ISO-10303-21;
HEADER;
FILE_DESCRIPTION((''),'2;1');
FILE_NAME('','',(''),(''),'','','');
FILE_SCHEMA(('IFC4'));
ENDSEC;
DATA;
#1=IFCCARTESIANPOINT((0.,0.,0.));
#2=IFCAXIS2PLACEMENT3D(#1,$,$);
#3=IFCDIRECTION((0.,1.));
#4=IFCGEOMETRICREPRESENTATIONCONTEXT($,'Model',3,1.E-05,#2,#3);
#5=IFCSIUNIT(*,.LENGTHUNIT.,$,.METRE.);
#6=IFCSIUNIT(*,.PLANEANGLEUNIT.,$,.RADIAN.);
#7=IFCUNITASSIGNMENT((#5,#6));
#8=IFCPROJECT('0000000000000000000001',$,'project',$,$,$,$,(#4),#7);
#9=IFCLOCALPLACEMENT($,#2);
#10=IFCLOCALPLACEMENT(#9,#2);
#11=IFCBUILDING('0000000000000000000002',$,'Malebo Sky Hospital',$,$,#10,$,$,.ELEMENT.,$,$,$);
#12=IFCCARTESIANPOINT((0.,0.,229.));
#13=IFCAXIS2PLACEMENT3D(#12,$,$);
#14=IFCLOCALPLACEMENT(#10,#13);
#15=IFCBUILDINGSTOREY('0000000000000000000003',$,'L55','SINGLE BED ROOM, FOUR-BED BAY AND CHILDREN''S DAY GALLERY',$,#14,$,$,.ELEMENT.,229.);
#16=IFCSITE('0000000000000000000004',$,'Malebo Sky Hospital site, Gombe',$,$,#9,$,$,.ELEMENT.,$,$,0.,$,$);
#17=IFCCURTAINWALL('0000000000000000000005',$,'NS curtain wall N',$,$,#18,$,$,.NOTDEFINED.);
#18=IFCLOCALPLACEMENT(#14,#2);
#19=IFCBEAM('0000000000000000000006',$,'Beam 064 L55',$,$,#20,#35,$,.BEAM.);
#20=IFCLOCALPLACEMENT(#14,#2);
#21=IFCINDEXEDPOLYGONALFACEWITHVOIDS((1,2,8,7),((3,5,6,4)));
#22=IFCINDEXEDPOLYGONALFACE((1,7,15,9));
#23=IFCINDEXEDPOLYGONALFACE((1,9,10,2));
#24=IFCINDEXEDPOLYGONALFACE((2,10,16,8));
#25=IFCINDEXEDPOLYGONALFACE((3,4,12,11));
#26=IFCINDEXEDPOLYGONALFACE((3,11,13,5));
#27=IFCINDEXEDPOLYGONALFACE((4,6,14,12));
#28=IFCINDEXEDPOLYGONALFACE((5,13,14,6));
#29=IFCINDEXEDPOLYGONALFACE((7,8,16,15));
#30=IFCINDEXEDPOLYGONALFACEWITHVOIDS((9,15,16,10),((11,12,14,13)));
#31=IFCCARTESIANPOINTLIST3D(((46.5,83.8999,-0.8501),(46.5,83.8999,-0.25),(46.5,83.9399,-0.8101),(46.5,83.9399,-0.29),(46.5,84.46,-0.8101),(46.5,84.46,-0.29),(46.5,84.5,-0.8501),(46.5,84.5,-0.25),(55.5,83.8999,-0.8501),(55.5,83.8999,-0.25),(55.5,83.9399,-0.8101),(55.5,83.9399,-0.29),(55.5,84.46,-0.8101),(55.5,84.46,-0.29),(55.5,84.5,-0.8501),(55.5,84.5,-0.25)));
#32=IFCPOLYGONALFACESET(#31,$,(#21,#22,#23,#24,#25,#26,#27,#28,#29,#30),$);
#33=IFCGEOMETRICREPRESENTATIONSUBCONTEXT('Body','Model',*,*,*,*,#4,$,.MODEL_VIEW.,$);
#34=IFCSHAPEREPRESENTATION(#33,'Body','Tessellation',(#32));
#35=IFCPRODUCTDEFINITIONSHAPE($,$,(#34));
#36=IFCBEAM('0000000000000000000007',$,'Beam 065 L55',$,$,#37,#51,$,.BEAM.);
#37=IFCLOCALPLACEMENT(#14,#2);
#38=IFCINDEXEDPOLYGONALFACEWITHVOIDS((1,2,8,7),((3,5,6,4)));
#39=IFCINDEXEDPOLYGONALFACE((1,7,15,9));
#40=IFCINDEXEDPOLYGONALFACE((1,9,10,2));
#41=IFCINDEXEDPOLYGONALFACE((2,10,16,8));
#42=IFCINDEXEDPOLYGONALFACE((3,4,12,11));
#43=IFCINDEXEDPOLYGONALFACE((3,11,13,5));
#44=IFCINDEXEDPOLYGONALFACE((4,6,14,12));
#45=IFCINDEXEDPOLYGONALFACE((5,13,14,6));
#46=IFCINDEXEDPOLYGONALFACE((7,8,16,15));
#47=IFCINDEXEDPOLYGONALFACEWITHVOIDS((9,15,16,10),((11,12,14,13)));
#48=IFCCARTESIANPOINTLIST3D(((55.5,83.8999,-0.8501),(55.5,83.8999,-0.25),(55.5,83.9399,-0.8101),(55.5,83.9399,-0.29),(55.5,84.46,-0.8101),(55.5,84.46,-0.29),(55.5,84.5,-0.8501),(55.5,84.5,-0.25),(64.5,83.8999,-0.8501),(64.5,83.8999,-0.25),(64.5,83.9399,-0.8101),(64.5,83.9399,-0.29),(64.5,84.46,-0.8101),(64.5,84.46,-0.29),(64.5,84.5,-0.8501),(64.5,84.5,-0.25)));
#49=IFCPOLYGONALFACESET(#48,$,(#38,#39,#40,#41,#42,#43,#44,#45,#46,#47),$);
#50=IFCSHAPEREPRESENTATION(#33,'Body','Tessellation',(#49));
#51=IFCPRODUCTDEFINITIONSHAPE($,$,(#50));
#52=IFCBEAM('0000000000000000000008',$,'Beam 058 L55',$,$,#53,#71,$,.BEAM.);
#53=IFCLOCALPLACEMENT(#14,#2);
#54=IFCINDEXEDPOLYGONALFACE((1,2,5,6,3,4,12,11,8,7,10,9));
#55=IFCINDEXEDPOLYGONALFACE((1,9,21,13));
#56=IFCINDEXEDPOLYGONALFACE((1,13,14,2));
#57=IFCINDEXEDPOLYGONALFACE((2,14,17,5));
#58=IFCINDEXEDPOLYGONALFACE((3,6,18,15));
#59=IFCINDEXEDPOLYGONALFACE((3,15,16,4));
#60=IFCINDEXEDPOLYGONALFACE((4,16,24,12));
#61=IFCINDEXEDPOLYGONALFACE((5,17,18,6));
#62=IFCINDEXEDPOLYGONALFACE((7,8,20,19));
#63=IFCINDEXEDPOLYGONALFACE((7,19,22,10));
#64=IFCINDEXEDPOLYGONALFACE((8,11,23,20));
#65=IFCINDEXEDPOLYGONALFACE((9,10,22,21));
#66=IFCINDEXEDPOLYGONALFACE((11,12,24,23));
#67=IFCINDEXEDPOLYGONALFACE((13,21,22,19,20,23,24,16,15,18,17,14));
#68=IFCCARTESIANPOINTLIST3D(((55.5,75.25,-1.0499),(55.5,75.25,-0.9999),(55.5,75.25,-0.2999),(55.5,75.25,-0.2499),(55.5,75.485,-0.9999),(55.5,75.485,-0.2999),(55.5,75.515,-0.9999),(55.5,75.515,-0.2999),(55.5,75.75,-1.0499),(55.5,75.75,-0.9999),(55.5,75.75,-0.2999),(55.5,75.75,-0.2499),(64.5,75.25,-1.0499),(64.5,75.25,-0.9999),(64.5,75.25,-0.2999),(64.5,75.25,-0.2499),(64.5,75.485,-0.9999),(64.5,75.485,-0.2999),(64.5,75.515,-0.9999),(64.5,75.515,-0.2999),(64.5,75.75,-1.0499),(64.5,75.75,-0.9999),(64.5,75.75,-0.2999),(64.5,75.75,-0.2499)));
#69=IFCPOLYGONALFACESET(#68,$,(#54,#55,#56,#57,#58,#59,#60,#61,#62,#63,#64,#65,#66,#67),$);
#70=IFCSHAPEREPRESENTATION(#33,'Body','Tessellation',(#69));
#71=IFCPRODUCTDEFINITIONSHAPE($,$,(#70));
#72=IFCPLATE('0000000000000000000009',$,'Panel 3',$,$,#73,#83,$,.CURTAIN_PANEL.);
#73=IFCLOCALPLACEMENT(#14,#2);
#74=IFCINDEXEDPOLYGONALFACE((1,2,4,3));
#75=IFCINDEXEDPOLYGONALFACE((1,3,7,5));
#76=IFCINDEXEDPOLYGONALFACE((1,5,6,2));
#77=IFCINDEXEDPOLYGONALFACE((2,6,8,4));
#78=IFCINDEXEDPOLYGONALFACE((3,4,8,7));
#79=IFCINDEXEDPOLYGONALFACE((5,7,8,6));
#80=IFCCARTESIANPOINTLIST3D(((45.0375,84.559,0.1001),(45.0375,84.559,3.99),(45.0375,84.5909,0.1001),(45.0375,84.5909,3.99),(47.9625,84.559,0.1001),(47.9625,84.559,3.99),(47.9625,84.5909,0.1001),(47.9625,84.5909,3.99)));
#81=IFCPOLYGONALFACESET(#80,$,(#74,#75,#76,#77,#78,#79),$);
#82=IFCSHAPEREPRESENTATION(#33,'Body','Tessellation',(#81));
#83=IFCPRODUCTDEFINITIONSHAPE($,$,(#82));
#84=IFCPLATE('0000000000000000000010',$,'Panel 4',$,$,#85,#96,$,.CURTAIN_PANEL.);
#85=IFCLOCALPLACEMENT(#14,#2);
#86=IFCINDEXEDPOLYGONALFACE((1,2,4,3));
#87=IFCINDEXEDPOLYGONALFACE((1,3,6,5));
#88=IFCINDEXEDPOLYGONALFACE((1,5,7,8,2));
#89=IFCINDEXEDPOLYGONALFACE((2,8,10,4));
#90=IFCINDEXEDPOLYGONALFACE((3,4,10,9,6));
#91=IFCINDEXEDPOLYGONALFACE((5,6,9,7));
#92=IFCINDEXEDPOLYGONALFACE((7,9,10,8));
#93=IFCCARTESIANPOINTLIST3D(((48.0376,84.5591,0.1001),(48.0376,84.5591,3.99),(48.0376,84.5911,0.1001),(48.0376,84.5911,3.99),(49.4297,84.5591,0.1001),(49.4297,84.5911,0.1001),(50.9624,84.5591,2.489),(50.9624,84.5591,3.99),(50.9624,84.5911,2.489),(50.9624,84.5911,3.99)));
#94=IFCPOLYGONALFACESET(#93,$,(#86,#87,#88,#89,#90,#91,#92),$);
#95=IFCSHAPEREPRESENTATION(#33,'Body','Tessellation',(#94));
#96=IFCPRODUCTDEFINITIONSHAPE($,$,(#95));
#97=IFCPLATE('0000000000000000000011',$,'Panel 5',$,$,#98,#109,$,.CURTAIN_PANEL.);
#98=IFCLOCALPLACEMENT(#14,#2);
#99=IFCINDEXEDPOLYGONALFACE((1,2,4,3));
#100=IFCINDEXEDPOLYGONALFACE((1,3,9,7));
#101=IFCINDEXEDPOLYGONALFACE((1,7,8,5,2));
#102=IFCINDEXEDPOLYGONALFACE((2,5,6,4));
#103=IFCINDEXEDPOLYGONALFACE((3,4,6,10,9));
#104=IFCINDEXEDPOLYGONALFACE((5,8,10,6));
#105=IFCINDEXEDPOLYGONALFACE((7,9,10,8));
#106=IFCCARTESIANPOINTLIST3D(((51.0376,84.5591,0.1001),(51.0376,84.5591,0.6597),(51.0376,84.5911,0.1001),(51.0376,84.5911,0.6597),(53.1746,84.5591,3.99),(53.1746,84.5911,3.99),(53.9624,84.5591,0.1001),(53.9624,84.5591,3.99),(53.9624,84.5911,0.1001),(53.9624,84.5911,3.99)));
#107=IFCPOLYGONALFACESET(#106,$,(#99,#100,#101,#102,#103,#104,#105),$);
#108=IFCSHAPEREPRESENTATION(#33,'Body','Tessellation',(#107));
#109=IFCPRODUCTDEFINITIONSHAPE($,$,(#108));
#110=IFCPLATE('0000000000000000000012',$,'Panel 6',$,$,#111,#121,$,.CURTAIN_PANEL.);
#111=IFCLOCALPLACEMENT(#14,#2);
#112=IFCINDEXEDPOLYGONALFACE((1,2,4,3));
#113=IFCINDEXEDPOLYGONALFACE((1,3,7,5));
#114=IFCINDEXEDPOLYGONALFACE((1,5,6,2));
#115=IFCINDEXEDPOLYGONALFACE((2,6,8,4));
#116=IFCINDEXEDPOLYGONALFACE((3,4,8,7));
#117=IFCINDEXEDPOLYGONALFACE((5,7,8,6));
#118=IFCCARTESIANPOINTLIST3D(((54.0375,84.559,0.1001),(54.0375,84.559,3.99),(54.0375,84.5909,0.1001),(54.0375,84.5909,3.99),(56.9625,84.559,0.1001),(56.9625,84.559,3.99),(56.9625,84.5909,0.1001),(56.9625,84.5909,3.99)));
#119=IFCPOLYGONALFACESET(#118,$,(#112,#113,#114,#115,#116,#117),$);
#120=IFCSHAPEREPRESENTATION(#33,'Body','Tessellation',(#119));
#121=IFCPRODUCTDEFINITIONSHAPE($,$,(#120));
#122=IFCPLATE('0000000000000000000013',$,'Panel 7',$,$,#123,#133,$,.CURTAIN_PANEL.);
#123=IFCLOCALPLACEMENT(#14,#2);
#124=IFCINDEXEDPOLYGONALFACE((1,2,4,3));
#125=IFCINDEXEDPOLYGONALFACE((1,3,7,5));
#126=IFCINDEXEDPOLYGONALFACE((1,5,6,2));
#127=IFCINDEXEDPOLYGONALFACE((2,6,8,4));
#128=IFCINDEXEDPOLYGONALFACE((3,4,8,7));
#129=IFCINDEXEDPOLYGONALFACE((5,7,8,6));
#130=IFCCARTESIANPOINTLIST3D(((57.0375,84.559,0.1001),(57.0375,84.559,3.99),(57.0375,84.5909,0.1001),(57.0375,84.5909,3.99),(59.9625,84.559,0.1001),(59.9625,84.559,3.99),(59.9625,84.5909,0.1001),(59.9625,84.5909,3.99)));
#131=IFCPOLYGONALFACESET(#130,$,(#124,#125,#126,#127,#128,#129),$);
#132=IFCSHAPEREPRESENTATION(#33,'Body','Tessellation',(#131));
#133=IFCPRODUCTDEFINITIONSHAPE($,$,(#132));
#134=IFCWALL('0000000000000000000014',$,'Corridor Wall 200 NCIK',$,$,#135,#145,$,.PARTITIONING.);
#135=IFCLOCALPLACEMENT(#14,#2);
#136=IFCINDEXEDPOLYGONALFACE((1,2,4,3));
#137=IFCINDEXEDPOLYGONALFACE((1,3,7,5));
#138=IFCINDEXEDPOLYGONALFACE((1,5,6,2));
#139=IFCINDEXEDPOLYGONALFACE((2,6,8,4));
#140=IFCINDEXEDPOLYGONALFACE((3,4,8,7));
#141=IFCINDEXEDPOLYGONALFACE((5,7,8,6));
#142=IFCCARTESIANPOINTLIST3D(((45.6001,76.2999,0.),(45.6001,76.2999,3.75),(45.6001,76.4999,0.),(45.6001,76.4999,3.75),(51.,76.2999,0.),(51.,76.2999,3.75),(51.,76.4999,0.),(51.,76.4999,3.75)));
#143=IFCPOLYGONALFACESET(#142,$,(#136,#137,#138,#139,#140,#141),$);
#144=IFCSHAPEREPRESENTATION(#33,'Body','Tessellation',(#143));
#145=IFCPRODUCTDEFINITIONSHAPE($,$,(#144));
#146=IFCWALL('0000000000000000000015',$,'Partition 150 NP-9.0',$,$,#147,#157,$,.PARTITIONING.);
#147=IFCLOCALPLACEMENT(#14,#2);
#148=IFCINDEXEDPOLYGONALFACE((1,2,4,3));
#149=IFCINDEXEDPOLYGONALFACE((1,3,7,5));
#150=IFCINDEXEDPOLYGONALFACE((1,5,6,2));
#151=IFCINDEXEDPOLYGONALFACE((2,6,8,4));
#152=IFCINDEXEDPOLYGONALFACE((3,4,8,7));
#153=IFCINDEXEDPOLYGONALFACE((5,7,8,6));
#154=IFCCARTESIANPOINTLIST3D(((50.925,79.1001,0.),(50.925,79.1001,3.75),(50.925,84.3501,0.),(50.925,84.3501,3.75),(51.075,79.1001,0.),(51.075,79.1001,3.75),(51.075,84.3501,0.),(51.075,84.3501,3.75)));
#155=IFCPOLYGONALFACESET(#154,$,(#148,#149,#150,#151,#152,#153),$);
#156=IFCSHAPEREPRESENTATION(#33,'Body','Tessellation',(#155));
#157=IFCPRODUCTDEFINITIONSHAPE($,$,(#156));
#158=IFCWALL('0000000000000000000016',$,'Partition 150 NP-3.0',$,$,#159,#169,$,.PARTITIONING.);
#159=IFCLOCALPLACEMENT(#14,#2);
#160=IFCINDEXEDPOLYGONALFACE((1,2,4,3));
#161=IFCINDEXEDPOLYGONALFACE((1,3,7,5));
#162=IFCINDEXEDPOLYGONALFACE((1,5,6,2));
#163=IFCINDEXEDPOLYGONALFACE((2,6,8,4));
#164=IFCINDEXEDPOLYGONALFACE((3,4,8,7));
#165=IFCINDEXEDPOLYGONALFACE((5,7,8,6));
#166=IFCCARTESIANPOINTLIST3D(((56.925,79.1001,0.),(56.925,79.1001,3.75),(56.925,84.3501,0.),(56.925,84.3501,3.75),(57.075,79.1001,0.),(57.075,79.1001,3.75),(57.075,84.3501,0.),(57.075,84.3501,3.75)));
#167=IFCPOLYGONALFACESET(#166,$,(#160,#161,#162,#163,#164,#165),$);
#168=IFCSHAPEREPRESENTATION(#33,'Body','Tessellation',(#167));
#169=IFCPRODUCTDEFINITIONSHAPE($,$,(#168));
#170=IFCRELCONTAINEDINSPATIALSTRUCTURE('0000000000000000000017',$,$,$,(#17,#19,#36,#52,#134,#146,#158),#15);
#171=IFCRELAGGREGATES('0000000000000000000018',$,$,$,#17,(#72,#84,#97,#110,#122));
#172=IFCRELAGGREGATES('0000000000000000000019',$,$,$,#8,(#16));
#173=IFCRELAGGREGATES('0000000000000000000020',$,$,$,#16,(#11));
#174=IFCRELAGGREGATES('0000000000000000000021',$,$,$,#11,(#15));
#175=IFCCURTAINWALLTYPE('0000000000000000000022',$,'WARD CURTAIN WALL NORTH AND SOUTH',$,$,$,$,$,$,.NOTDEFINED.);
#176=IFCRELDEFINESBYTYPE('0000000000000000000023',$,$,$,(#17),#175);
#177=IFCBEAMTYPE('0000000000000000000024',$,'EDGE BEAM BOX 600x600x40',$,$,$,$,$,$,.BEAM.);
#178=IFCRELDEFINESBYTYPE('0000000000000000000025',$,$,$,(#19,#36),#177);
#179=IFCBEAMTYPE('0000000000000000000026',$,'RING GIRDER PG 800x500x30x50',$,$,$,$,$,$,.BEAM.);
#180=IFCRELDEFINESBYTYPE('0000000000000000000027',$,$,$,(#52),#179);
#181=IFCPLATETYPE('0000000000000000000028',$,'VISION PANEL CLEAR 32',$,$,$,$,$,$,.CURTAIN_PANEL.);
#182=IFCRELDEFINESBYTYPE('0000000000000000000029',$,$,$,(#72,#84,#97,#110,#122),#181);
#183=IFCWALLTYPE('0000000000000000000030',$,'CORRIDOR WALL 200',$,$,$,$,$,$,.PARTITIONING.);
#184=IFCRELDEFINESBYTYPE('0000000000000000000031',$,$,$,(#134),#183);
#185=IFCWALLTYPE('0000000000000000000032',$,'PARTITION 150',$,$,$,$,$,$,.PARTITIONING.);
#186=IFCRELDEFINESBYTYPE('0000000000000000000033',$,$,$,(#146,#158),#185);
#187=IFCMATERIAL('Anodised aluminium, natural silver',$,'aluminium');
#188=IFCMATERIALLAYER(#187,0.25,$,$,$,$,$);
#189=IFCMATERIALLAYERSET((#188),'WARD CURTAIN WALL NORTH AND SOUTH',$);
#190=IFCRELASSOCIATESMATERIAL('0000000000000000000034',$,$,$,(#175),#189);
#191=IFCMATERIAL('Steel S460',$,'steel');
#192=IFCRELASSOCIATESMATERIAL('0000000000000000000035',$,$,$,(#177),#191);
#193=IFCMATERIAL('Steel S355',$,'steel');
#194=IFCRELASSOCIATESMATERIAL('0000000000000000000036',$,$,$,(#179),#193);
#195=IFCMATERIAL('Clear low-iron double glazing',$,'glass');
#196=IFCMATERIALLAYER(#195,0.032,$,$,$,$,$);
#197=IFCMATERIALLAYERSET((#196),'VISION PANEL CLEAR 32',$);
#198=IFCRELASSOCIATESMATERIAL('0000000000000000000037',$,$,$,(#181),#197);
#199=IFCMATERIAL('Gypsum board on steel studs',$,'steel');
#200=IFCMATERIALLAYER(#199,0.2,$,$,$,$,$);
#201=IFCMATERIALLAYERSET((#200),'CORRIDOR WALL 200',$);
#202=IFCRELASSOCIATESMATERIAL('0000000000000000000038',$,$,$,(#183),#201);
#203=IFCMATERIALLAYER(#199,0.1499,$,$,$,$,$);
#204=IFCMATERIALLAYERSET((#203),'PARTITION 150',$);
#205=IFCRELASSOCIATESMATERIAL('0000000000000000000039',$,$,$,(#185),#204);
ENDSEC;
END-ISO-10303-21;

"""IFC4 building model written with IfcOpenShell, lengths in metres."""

from ifc_helpers import new_model, si_unit, direction, frame, frame_2d, origin, origin_2d, place, context, subcontext, project, spatial, polyline, rectangle, hollow_rectangle, i_section, outline, extrude, material, layer, layer_set, material_profile, profile_set, type_object, element, aggregate, save


model = new_model("IFC4")

# Units and contexts
model_context = context("Model", 3, precision=1e-05, world=origin(), true_north=direction((0.0, 1.0)))
body_context = subcontext(model_context, "Body", "Model", "MODEL_VIEW")
ifc_project = project(units=[si_unit("LENGTHUNIT", "METRE"), si_unit("PLANEANGLEUNIT", "RADIAN")], contexts=[model_context])

# Site, building, storey
site_placement = place(None, origin())
site = spatial("IfcSite", under=ifc_project, at=site_placement, Name="Malebo Sky Hospital site, Gombe", CompositionType="ELEMENT", RefElevation=0.0)
building_placement = place(site_placement, origin())
building = spatial("IfcBuilding", under=site, at=building_placement, Name="Malebo Sky Hospital", CompositionType="ELEMENT")
storey_placement = place(building_placement, frame((0.0, 0.0, 229.0)))
storey = spatial("IfcBuildingStorey", under=building, at=storey_placement, Name="L55", Description="SINGLE BED ROOM, FOUR-BED BAY AND CHILDREN'S DAY GALLERY", CompositionType="ELEMENT", Elevation=229.0)

# Shared definitions
ifc_material_1 = material(Name="Steel S460", Category="steel")

# Curtain wall
ifc_material_2 = material(Name="Anodised aluminium, natural silver", Category="aluminium")
ifc_layer_1 = layer(ifc_material_2, 0.25)
ifc_layer_set_1 = layer_set([ifc_layer_1], Name="WARD CURTAIN WALL NORTH AND SOUTH")
curtain_wall_type = type_object("IfcCurtainWallType", Name="WARD CURTAIN WALL NORTH AND SOUTH", PredefinedType="NOTDEFINED", material=ifc_layer_set_1)
curtain_wall_placement = place(storey_placement, origin())
curtain_wall = element("IfcCurtainWall", 1, at=curtain_wall_placement, inside=storey, type_object=curtain_wall_type, Name="NS curtain wall N", PredefinedType="NOTDEFINED")

# Shared definitions
ifc_material_3 = material(Name="Steel S355", Category="steel")

# Beams
ifc_material_profile_1 = material_profile(ifc_material_1, hollow_rectangle(XDim=0.6001, YDim=0.6001, WallThickness=0.04, at=origin_2d()), Name="BOX 600x600x40")
ifc_profile_set_1 = profile_set([ifc_material_profile_1], Name="Steel S460")
beam_type_1 = type_object("IfcBeamType", Name="EDGE BEAM BOX 600x600x40", PredefinedType="BEAM", material=ifc_profile_set_1)
for number, where, z_axis, x_axis, name in (
    (2, (46.5, 84.2, -0.55), (1.0, 0.0, 0.0), (0.0, 1.0, 0.0), "Beam 064 L55"),
    (3, (55.5, 84.2, -0.55), (1.0, 0.0, 0.0), (0.0, 1.0, 0.0), "Beam 065 L55"),
):
    element("IfcBeam", number, at=place(storey_placement, frame(where, z_axis=z_axis, x_axis=x_axis)), inside=storey, type_object=beam_type_1, Name=name, PredefinedType="BEAM", context=body_context, shape_type="SweptSolid", body=[
        extrude(hollow_rectangle(XDim=0.6001, YDim=0.6001, WallThickness=0.04, at=origin_2d()), origin(), (0.0, 0.0, 1.0), 9.0),
    ])
ifc_material_profile_2 = material_profile(ifc_material_3, i_section(OverallWidth=0.5, OverallDepth=0.8, WebThickness=0.03, FlangeThickness=0.05, at=origin_2d()), Name="PG 800x500x30x50")
ifc_profile_set_2 = profile_set([ifc_material_profile_2], Name="Steel S355")
beam_type_2 = type_object("IfcBeamType", Name="RING GIRDER PG 800x500x30x50", PredefinedType="BEAM", material=ifc_profile_set_2)
beam_placement = place(storey_placement, frame((55.5, 75.5, -0.6499), z_axis=(1.0, 0.0, 0.0), x_axis=(0.0, 1.0, 0.0)))
element("IfcBeam", 4, at=beam_placement, inside=storey, type_object=beam_type_2, Name="Beam 058 L55", PredefinedType="BEAM", context=body_context, shape_type="SweptSolid", body=[
    extrude(i_section(OverallWidth=0.5, OverallDepth=0.8, WebThickness=0.03, FlangeThickness=0.05, at=origin_2d()), origin(), (0.0, 0.0, 1.0), 9.0),
])

# Plates
ifc_material_4 = material(Name="Clear low-iron double glazing", Category="glass")
ifc_layer_2 = layer(ifc_material_4, 0.032)
ifc_layer_set_2 = layer_set([ifc_layer_2], Name="VISION PANEL CLEAR 32")
plate_type = type_object("IfcPlateType", Name="VISION PANEL CLEAR 32", PredefinedType="CURTAIN_PANEL", material=ifc_layer_set_2)
plate_1_placement = place(storey_placement, frame((46.5, 84.575, 0.1001), z_axis=(0.0, 0.0, 1.0), x_axis=(1.0, 0.0, 0.0)))
plate_1 = element("IfcPlate", 5, at=plate_1_placement, type_object=plate_type, Name="Panel 3", PredefinedType="CURTAIN_PANEL", context=body_context, shape_type="SweptSolid", body=[
    extrude(rectangle(XDim=2.925, YDim=0.032, at=origin_2d()), origin(), (0.0, 0.0, 1.0), 3.8899),
])
plate_2_placement = place(storey_placement, frame((49.5, 84.575, 0.1001), z_axis=(0.0, 0.0, 1.0), x_axis=(1.0, 0.0, 0.0)))
plate_2 = element("IfcPlate", 6, at=plate_2_placement, type_object=plate_type, Name="Panel 4", PredefinedType="CURTAIN_PANEL", context=body_context, shape_type="SweptSolid", body=[
    extrude(outline(polyline([(-1.4624, 0.0), (-0.0703, 0.0), (1.4624, 2.3889), (1.4624, 3.8899), (-1.4624, 3.8899), (-1.4624, 0.0)])), frame((0.0, 0.0161, 0.0), z_axis=(0.0, -1.0, 0.0), x_axis=(1.0, 0.0, 0.0)), (0.0, 0.0, 1.0), 0.032),
])
plate_3_placement = place(storey_placement, frame((52.5, 84.575, 0.1001), z_axis=(0.0, 0.0, 1.0), x_axis=(1.0, 0.0, 0.0)))
plate_3 = element("IfcPlate", 7, at=plate_3_placement, type_object=plate_type, Name="Panel 5", PredefinedType="CURTAIN_PANEL", context=body_context, shape_type="SweptSolid", body=[
    extrude(outline(polyline([(-1.4624, 0.0), (1.4624, 0.0), (1.4624, 3.8899), (0.6746, 3.8899), (-1.4624, 0.5596), (-1.4624, 0.0)])), frame((0.0, 0.0161, 0.0), z_axis=(0.0, -1.0, 0.0), x_axis=(1.0, 0.0, 0.0)), (0.0, 0.0, 1.0), 0.032),
])
plate_4_placement = place(storey_placement, frame((55.5, 84.575, 0.1001), z_axis=(0.0, 0.0, 1.0), x_axis=(1.0, 0.0, 0.0)))
plate_4 = element("IfcPlate", 8, at=plate_4_placement, type_object=plate_type, Name="Panel 6", PredefinedType="CURTAIN_PANEL", context=body_context, shape_type="SweptSolid", body=[
    extrude(rectangle(XDim=2.925, YDim=0.032, at=origin_2d()), origin(), (0.0, 0.0, 1.0), 3.8899),
])
plate_5_placement = place(storey_placement, frame((58.5, 84.575, 0.1001), z_axis=(0.0, 0.0, 1.0), x_axis=(1.0, 0.0, 0.0)))
plate_5 = element("IfcPlate", 9, at=plate_5_placement, type_object=plate_type, Name="Panel 7", PredefinedType="CURTAIN_PANEL", context=body_context, shape_type="SweptSolid", body=[
    extrude(rectangle(XDim=2.925, YDim=0.032, at=origin_2d()), origin(), (0.0, 0.0, 1.0), 3.8899),
])
aggregate(curtain_wall, [plate_1, plate_2, plate_3, plate_4, plate_5])

# Walls
ifc_material_5 = material(Name="Gypsum board on steel studs", Category="steel")
ifc_layer_3 = layer(ifc_material_5, 0.2)
ifc_layer_set_3 = layer_set([ifc_layer_3], Name="CORRIDOR WALL 200")
wall_type_1 = type_object("IfcWallType", Name="CORRIDOR WALL 200", PredefinedType="PARTITIONING", material=ifc_layer_set_3)
wall_1_placement = place(storey_placement, frame((45.6001, 76.3999, 0.0), z_axis=(0.0, 0.0, 1.0), x_axis=(1.0, 0.0, 0.0)))
element("IfcWall", 10, at=wall_1_placement, inside=storey, type_object=wall_type_1, Name="Corridor Wall 200 NCIK", PredefinedType="PARTITIONING", context=body_context, shape_type="SweptSolid", body=[
    extrude(rectangle(XDim=5.3999, YDim=0.2, at=frame_2d((2.7, 0.0))), origin(), (0.0, 0.0, 1.0), 3.75),
])
ifc_layer_4 = layer(ifc_material_5, 0.1499)
ifc_layer_set_4 = layer_set([ifc_layer_4], Name="PARTITION 150")
wall_type_2 = type_object("IfcWallType", Name="PARTITION 150", PredefinedType="PARTITIONING", material=ifc_layer_set_4)
for number, where, z_axis, x_axis, name in (
    (11, (51.0, 79.1001, 0.0), (0.0, 0.0, 1.0), (0.0, 1.0, 0.0), "Partition 150 NP-9.0"),
    (12, (57.0, 79.1001, 0.0), (0.0, 0.0, 1.0), (0.0, 1.0, 0.0), "Partition 150 NP-3.0"),
):
    element("IfcWall", number, at=place(storey_placement, frame(where, z_axis=z_axis, x_axis=x_axis)), inside=storey, type_object=wall_type_2, Name=name, PredefinedType="PARTITIONING", context=body_context, shape_type="SweptSolid", body=[
        extrude(rectangle(XDim=5.25, YDim=0.1499, at=frame_2d((2.625, 0.0))), origin(), (0.0, 0.0, 1.0), 3.75),
    ])

save(model, "model.ifc")
